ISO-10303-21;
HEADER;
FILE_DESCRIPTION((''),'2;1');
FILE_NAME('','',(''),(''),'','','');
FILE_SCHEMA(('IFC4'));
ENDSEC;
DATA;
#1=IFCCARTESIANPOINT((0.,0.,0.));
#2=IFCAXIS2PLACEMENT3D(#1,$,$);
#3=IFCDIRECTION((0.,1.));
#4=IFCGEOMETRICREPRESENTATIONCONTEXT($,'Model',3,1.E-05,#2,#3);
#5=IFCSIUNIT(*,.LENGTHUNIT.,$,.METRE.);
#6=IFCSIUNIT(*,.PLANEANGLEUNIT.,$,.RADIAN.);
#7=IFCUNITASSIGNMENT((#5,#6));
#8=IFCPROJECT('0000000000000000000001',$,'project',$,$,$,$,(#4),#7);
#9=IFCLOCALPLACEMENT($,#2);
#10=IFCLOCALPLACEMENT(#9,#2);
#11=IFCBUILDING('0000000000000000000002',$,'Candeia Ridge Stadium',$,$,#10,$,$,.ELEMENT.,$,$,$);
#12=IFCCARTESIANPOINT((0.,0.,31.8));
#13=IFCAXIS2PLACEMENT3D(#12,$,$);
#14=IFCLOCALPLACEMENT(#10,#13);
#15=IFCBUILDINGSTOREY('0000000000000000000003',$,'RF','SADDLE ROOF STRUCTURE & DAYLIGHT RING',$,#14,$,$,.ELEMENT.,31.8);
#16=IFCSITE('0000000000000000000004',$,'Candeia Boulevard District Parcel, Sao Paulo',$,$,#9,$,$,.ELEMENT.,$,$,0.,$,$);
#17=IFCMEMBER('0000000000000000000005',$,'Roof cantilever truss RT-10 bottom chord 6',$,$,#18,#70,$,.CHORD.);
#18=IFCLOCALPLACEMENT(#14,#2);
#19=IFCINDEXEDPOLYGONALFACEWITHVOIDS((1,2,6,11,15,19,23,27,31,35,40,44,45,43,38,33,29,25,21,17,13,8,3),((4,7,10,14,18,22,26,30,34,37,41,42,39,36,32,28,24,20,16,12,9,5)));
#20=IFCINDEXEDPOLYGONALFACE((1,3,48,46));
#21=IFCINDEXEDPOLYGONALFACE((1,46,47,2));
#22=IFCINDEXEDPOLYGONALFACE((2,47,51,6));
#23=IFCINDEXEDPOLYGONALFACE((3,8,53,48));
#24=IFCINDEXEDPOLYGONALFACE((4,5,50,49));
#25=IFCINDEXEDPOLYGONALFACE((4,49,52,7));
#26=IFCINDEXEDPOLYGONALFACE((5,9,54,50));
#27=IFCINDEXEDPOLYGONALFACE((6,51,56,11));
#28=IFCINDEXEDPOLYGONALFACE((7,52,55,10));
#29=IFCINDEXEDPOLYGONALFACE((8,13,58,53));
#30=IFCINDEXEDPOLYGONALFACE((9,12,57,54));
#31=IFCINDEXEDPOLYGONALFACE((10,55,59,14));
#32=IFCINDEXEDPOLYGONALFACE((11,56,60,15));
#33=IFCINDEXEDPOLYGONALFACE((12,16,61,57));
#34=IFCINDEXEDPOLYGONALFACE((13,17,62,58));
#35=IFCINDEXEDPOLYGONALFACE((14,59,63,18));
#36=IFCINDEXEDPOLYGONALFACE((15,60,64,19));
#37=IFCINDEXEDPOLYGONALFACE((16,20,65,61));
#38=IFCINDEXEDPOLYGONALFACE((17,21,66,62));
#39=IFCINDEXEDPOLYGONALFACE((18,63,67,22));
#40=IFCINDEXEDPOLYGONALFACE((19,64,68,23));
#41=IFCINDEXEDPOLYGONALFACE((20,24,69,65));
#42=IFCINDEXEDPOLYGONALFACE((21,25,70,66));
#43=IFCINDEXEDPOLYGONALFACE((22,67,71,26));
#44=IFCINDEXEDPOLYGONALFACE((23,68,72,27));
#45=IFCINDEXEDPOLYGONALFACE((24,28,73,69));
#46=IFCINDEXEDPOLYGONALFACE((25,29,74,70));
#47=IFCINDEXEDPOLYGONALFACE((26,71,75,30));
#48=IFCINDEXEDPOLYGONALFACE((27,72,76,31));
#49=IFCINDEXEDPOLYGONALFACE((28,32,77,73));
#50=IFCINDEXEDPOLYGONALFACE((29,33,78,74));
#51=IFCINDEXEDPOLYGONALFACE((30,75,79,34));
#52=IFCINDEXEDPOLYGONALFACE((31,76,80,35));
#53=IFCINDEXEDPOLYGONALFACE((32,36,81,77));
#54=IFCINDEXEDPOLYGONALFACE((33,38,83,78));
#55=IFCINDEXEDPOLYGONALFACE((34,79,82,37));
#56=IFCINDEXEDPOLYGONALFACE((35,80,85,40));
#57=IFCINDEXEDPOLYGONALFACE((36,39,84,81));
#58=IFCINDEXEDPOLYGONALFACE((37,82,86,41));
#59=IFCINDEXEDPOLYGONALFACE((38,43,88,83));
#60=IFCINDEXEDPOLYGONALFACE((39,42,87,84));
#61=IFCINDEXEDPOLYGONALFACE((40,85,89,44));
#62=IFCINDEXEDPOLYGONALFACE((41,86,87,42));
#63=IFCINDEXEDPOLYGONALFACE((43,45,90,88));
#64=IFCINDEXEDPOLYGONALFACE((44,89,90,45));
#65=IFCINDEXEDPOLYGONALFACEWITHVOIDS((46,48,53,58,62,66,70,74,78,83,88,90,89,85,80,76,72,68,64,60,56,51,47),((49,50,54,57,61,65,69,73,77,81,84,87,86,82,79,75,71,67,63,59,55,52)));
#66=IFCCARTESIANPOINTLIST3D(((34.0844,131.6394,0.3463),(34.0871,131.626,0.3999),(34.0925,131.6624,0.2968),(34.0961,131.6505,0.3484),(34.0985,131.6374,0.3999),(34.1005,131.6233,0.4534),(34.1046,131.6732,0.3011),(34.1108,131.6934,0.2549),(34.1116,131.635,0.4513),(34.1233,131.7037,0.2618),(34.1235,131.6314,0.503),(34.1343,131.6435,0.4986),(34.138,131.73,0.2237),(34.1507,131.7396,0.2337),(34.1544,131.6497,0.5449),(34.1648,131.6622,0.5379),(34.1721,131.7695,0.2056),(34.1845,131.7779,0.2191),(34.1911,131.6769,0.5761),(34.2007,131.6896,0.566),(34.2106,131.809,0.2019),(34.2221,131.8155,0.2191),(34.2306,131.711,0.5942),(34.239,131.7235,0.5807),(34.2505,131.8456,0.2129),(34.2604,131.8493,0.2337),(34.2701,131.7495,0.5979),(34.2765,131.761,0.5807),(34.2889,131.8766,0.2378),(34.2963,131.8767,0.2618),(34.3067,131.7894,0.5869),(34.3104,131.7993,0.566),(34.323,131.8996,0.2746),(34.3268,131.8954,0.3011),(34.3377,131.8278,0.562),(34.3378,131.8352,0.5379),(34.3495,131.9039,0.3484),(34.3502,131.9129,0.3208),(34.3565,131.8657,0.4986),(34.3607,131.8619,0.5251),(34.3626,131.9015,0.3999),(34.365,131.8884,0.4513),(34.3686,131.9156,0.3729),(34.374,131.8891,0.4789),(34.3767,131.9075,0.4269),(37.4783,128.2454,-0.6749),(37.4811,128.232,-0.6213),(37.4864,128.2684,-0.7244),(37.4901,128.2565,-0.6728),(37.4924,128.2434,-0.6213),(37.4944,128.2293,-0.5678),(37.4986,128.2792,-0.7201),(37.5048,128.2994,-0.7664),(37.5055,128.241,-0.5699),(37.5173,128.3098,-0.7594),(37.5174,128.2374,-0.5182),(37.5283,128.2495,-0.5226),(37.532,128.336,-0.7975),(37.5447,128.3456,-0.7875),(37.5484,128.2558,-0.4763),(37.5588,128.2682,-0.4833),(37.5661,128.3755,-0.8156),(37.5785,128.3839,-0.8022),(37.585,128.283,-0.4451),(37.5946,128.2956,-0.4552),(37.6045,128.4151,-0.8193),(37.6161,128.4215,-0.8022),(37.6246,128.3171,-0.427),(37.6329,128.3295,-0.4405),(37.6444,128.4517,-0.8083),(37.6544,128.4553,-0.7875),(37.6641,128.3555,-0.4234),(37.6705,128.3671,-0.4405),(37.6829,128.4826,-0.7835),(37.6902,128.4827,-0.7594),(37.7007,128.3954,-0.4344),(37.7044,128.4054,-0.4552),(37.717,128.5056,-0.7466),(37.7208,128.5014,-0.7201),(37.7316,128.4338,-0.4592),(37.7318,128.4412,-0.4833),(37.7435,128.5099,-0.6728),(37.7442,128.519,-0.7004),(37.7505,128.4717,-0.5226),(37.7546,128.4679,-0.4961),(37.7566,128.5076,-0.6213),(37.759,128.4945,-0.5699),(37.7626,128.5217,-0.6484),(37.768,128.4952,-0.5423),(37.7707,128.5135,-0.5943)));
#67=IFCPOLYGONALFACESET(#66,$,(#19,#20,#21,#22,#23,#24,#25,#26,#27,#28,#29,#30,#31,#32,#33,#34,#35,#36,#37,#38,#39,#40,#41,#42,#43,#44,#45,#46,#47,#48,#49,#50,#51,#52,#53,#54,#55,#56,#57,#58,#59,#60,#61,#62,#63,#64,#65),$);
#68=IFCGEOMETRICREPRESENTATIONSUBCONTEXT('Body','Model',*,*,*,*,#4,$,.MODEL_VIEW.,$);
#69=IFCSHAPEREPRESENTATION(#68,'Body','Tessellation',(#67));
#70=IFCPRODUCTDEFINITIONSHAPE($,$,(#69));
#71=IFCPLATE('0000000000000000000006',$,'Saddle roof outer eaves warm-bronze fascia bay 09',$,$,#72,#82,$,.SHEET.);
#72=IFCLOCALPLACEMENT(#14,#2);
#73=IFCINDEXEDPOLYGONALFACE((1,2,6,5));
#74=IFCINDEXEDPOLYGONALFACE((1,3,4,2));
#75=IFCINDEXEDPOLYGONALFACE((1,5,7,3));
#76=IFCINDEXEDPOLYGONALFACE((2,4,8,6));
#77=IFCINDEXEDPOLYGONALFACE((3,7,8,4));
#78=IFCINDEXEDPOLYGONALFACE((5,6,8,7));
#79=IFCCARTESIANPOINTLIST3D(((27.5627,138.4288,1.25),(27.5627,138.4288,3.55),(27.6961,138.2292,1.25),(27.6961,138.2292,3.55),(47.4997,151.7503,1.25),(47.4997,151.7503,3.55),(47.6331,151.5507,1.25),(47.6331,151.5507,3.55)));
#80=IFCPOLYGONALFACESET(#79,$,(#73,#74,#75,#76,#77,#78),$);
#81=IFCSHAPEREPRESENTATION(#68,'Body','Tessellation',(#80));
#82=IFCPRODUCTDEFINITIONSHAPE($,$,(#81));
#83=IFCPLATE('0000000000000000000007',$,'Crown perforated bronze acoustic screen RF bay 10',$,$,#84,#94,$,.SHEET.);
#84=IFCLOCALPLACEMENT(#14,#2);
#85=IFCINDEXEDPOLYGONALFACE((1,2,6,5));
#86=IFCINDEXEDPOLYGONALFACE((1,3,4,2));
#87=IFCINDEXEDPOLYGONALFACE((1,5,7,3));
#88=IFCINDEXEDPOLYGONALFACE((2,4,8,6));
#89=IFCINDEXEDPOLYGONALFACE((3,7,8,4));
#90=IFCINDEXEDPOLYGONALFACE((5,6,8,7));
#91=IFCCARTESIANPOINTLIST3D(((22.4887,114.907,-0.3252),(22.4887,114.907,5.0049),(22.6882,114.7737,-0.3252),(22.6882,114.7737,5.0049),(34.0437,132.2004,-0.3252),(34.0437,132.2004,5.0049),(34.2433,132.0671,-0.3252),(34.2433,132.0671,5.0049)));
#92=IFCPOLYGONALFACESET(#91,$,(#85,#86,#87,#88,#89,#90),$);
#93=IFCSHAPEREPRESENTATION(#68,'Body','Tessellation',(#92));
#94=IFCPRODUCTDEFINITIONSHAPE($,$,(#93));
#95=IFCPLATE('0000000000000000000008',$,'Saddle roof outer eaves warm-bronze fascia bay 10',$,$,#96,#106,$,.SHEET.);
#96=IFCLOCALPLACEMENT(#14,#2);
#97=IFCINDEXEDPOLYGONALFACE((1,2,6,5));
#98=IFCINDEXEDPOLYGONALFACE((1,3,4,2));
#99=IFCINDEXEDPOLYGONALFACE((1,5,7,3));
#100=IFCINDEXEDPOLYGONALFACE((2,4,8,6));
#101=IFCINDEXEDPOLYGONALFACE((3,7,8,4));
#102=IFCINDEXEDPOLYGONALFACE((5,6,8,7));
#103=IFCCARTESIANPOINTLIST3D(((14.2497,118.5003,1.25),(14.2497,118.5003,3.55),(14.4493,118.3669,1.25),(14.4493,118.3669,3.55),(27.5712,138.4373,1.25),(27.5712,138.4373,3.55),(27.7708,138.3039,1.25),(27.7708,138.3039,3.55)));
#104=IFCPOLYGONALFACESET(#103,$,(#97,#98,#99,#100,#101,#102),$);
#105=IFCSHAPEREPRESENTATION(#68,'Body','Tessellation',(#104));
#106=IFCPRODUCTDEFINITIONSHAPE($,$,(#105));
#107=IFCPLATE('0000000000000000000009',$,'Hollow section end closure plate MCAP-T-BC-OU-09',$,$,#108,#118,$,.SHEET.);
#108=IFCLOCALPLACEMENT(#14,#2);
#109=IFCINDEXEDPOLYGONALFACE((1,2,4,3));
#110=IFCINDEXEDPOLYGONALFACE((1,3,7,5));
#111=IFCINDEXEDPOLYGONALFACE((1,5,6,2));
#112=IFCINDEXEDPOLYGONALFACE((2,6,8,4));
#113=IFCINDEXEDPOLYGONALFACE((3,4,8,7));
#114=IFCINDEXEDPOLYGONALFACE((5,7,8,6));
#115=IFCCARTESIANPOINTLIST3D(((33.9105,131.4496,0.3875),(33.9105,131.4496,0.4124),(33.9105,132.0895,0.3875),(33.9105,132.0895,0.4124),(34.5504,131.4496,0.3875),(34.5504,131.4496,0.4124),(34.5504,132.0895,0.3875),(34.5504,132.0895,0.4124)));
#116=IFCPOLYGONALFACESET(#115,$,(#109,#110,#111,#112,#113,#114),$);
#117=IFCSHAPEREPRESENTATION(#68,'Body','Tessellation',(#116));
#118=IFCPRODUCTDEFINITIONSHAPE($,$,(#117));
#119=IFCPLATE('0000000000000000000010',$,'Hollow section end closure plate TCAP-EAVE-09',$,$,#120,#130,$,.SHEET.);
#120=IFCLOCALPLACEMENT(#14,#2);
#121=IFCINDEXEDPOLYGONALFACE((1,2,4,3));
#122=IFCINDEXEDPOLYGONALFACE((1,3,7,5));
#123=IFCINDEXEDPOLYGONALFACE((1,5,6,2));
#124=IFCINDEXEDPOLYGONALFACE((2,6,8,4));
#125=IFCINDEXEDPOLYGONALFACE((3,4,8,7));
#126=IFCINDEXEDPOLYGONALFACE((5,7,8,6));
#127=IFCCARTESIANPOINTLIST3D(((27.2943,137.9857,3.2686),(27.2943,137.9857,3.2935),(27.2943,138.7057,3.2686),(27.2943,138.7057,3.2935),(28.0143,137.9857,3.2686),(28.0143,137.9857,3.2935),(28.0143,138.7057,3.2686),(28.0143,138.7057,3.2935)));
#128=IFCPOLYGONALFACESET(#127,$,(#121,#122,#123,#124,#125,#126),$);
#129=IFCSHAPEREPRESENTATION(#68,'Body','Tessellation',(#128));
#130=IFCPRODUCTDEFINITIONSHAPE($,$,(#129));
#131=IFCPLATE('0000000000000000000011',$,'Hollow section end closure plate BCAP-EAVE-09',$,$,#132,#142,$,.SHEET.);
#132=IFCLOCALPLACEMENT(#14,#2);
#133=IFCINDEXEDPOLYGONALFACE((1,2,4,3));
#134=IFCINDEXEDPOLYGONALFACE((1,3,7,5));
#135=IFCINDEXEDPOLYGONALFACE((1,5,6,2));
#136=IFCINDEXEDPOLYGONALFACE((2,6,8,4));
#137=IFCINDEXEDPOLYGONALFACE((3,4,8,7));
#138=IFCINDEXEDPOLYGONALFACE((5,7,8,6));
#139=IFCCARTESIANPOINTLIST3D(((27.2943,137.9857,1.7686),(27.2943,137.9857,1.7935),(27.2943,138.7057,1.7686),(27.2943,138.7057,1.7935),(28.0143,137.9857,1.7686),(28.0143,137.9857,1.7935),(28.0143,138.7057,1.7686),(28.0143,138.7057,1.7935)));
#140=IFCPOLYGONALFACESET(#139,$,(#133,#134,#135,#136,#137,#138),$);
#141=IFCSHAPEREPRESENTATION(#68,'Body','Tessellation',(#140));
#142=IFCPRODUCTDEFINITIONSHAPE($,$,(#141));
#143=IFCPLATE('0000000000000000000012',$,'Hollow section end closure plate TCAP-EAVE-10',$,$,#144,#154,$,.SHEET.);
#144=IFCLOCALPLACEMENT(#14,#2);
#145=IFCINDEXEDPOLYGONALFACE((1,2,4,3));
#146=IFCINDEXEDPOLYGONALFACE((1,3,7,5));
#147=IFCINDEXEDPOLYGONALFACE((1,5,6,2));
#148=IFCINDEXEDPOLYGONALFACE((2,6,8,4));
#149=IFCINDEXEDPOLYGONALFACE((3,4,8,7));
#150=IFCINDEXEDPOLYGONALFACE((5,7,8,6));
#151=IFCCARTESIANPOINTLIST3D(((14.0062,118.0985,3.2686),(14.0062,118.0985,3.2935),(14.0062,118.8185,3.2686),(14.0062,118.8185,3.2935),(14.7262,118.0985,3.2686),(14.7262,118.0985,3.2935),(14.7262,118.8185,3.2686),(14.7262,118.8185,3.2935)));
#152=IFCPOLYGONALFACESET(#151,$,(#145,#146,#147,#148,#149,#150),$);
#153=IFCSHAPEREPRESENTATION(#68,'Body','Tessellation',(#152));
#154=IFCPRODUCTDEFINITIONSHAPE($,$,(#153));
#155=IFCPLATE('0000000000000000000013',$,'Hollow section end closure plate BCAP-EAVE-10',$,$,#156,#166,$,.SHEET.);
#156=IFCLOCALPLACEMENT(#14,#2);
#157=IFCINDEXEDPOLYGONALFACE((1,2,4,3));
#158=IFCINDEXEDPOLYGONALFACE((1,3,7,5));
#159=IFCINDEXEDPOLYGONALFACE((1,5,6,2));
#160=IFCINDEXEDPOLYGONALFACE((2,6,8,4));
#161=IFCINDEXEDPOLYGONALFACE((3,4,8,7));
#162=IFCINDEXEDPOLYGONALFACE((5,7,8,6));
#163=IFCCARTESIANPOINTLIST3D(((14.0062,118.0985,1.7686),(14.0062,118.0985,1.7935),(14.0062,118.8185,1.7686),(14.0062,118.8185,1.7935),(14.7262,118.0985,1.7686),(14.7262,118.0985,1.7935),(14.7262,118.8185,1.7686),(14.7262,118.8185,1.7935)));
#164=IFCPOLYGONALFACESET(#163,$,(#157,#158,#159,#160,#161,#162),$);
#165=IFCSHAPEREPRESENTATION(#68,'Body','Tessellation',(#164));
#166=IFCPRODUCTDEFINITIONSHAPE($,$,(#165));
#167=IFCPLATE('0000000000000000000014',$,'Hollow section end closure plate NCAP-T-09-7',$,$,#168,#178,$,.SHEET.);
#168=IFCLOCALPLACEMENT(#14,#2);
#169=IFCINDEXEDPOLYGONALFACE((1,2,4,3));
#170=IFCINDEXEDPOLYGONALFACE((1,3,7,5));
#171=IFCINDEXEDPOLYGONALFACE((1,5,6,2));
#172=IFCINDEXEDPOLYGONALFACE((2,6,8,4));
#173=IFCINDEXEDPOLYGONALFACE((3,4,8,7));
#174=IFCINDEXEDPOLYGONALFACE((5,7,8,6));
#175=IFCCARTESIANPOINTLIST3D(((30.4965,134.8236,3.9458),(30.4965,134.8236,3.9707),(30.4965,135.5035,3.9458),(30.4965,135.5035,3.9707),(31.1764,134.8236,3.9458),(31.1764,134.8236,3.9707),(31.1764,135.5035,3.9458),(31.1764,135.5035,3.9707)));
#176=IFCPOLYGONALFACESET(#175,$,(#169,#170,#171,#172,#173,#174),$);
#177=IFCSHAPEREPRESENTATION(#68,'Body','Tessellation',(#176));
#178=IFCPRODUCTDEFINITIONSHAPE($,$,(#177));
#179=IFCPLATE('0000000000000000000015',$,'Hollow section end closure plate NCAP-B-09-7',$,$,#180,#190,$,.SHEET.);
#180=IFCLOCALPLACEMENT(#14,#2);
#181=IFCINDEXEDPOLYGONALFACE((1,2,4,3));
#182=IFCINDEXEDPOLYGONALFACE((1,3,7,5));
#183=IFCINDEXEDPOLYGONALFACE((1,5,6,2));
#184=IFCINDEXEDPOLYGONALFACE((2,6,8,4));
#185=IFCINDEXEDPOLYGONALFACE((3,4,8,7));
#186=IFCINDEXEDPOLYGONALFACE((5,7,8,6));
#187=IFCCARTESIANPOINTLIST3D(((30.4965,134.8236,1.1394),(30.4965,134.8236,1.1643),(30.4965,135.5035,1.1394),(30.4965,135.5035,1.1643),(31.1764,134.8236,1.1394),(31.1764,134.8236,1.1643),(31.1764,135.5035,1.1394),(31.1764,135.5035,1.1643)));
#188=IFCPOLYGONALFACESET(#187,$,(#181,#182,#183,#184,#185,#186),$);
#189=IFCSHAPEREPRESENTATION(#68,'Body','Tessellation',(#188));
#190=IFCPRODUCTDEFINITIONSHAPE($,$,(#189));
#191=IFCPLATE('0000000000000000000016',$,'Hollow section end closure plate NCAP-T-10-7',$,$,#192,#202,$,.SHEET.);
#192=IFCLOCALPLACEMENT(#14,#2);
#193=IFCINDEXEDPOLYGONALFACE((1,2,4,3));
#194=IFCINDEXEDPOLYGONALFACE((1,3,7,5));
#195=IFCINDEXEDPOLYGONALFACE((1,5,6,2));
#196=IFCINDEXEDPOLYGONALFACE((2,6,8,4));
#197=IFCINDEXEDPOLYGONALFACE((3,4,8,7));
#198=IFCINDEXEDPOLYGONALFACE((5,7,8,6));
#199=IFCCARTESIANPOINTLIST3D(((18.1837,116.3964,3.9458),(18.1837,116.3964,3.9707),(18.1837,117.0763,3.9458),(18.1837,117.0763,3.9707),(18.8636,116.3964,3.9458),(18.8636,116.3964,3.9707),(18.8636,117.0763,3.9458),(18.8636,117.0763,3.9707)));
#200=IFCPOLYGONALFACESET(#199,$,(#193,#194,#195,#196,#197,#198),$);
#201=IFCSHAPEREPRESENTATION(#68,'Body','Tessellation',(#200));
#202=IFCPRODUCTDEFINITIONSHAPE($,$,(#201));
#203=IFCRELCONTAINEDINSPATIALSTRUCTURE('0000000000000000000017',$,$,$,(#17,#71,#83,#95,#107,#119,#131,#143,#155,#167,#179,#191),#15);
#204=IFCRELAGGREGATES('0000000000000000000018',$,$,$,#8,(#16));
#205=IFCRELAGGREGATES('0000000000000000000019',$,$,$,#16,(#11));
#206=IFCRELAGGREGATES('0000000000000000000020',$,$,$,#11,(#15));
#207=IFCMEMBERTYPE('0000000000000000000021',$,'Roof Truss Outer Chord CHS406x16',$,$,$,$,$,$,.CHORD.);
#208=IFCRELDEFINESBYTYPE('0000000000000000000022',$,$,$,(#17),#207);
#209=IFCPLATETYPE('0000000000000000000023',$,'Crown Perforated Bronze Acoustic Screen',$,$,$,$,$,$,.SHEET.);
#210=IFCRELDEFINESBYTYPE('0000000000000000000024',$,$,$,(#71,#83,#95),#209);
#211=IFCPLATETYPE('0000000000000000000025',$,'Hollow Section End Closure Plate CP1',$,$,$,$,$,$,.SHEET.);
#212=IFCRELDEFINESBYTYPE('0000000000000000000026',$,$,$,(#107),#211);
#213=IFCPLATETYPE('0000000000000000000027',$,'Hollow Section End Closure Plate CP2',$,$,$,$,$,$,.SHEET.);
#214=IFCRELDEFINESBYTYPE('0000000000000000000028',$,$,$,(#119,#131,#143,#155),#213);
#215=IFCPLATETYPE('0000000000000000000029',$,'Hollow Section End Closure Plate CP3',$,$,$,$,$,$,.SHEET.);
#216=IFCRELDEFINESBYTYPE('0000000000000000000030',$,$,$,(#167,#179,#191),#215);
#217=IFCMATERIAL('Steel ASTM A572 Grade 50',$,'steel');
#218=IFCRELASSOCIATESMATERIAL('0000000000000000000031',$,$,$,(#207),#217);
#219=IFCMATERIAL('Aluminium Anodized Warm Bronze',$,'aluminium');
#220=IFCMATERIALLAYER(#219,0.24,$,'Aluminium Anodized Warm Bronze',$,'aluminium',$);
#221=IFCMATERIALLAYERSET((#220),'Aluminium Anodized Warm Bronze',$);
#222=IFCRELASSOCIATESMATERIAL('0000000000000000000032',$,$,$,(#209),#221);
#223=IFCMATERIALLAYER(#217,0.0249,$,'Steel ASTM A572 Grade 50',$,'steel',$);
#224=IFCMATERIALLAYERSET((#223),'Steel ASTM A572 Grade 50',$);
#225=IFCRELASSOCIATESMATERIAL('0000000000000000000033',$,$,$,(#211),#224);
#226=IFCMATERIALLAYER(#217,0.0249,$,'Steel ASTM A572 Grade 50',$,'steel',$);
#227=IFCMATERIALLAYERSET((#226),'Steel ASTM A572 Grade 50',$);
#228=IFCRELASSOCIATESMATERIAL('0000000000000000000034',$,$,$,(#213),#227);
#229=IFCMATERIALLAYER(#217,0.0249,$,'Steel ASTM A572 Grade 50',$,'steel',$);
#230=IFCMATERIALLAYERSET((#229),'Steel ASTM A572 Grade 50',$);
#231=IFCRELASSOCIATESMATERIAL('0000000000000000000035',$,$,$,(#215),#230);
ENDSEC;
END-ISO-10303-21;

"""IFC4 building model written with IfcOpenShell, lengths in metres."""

from ifc_helpers import new_model, si_unit, direction, frame, origin, origin_2d, place, context, subcontext, project, spatial, rectangle, hollow_circle, extrude, material, layer, layer_set, material_profile, profile_set, type_object, element, save


model = new_model("IFC4")

# Units and contexts
model_context = context("Model", 3, precision=1e-05, world=origin(), true_north=direction((0.0, 1.0)))
body_context = subcontext(model_context, "Body", "Model", "MODEL_VIEW")
ifc_project = project(units=[si_unit("LENGTHUNIT", "METRE"), si_unit("PLANEANGLEUNIT", "RADIAN")], contexts=[model_context])

# Site, building, storey
site_placement = place(None, origin())
site = spatial("IfcSite", under=ifc_project, at=site_placement, Name="Candeia Boulevard District Parcel, Sao Paulo", CompositionType="ELEMENT", RefElevation=0.0)
building_placement = place(site_placement, origin())
building = spatial("IfcBuilding", under=site, at=building_placement, Name="Candeia Ridge Stadium", CompositionType="ELEMENT")
storey_placement = place(building_placement, frame((0.0, 0.0, 31.8)))
storey = spatial("IfcBuildingStorey", under=building, at=storey_placement, Name="RF", Description="SADDLE ROOF STRUCTURE & DAYLIGHT RING", CompositionType="ELEMENT", Elevation=31.8)

# Shared definitions
ifc_material_1 = material(Name="Steel ASTM A572 Grade 50", Category="steel")

# Member
ifc_material_profile_1 = material_profile(ifc_material_1, hollow_circle(Radius=0.2029, WallThickness=0.0161, at=origin_2d()), Name="CHS406x16", Category="steel")
ifc_profile_set_1 = profile_set([ifc_material_profile_1], Name="Steel ASTM A572 Grade 50")
member_type_1 = type_object("IfcMemberType", Name="Roof Truss Outer Chord CHS406x16", PredefinedType="CHORD", material=ifc_profile_set_1)
member_1_placement = place(storey_placement, frame((37.6245, 128.3755, -0.6213), z_axis=(-0.691626, 0.691626, 0.208105), x_axis=(-0.707107, -0.707107, 0.0)))
element("IfcMember", 1, at=member_1_placement, inside=storey, type_object=member_type_1, Name="Roof cantilever truss RT-10 bottom chord 6", PredefinedType="CHORD", context=body_context, shape_type="SweptSolid", body=[
    extrude(hollow_circle(Radius=0.2029, WallThickness=0.0161, at=origin_2d()), origin(), (0.0, 0.0, 1.0), 4.9072),
])

# Plates
ifc_material_2 = material(Name="Aluminium Anodized Warm Bronze", Category="aluminium")
ifc_layer_1 = layer(ifc_material_2, 0.24, Name="Aluminium Anodized Warm Bronze", Category="aluminium")
ifc_layer_set_1 = layer_set([ifc_layer_1], Name="Aluminium Anodized Warm Bronze")
plate_type_1 = type_object("IfcPlateType", Name="Crown Perforated Bronze Acoustic Screen", PredefinedType="SHEET", material=ifc_layer_set_1)
plate_1_placement = place(storey_placement, frame((37.5979, 144.9897, 1.25), z_axis=(0.0, 0.0, 1.0), x_axis=(-0.83147, -0.55557, 0.0)))
element("IfcPlate", 2, at=plate_1_placement, inside=storey, type_object=plate_type_1, Name="Saddle roof outer eaves warm-bronze fascia bay 09", PredefinedType="SHEET", context=body_context, shape_type="SweptSolid", body=[
    extrude(rectangle(XDim=23.978, YDim=0.24, at=origin_2d()), origin(), (0.0, 0.0, 1.0), 2.3),
])
plate_2_placement = place(storey_placement, frame((28.366, 123.4871, -0.3252), z_axis=(0.0, 0.0, 1.0), x_axis=(-0.55557, -0.83147, 0.0)))
element("IfcPlate", 3, at=plate_2_placement, inside=storey, type_object=plate_type_1, Name="Crown perforated bronze acoustic screen RF bay 10", PredefinedType="SHEET", context=body_context, shape_type="SweptSolid", body=[
    extrude(rectangle(XDim=20.7986, YDim=0.24, at=origin_2d()), origin(), (0.0, 0.0, 1.0), 5.3301),
])
plate_3_placement = place(storey_placement, frame((21.0103, 128.4021, 1.25), z_axis=(0.0, 0.0, 1.0), x_axis=(-0.55557, -0.83147, 0.0)))
element("IfcPlate", 4, at=plate_3_placement, inside=storey, type_object=plate_type_1, Name="Saddle roof outer eaves warm-bronze fascia bay 10", PredefinedType="SHEET", context=body_context, shape_type="SweptSolid", body=[
    extrude(rectangle(XDim=23.978, YDim=0.24, at=origin_2d()), origin(), (0.0, 0.0, 1.0), 2.3),
])
ifc_layer_2 = layer(ifc_material_1, 0.0249, Name="Steel ASTM A572 Grade 50", Category="steel")
ifc_layer_set_2 = layer_set([ifc_layer_2], Name="Steel ASTM A572 Grade 50")
plate_type_2 = type_object("IfcPlateType", Name="Hollow Section End Closure Plate CP1", PredefinedType="SHEET", material=ifc_layer_set_2)
plate_4_placement = place(storey_placement, frame((34.2305, 131.7695, 0.3875), z_axis=(0.0, 0.0, 1.0), x_axis=(1.0, 0.0, 0.0)))
element("IfcPlate", 5, at=plate_4_placement, inside=storey, type_object=plate_type_2, Name="Hollow section end closure plate MCAP-T-BC-OU-09", PredefinedType="SHEET", context=body_context, shape_type="SweptSolid", body=[
    extrude(rectangle(XDim=0.6399, YDim=0.6399, at=origin_2d()), origin(), (0.0, 0.0, 1.0), 0.0249),
])
ifc_layer_3 = layer(ifc_material_1, 0.0249, Name="Steel ASTM A572 Grade 50", Category="steel")
ifc_layer_set_3 = layer_set([ifc_layer_3], Name="Steel ASTM A572 Grade 50")
plate_type_3 = type_object("IfcPlateType", Name="Hollow Section End Closure Plate CP2", PredefinedType="SHEET", material=ifc_layer_set_3)
for number, where, z_axis, x_axis, name in (
    (6, (27.6543, 138.3457, 3.2686), (0.0, 0.0, 1.0), (1.0, 0.0, 0.0), "Hollow section end closure plate TCAP-EAVE-09"),
    (7, (27.6543, 138.3457, 1.7686), (0.0, 0.0, 1.0), (1.0, 0.0, 0.0), "Hollow section end closure plate BCAP-EAVE-09"),
    (8, (14.3662, 118.4585, 3.2686), (0.0, 0.0, 1.0), (1.0, 0.0, 0.0), "Hollow section end closure plate TCAP-EAVE-10"),
    (9, (14.3662, 118.4585, 1.7686), (0.0, 0.0, 1.0), (1.0, 0.0, 0.0), "Hollow section end closure plate BCAP-EAVE-10"),
):
    element("IfcPlate", number, at=place(storey_placement, frame(where, z_axis=z_axis, x_axis=x_axis)), inside=storey, type_object=plate_type_3, Name=name, PredefinedType="SHEET", context=body_context, shape_type="SweptSolid", body=[
        extrude(rectangle(XDim=0.72, YDim=0.72, at=origin_2d()), origin(), (0.0, 0.0, 1.0), 0.0249),
    ])
ifc_layer_4 = layer(ifc_material_1, 0.0249, Name="Steel ASTM A572 Grade 50", Category="steel")
ifc_layer_set_4 = layer_set([ifc_layer_4], Name="Steel ASTM A572 Grade 50")
plate_type_4 = type_object("IfcPlateType", Name="Hollow Section End Closure Plate CP3", PredefinedType="SHEET", material=ifc_layer_set_4)
for number, where, z_axis, x_axis, name in (
    (10, (30.8364, 135.1636, 3.9458), (0.0, 0.0, 1.0), (1.0, 0.0, 0.0), "Hollow section end closure plate NCAP-T-09-7"),
    (11, (30.8364, 135.1636, 1.1394), (0.0, 0.0, 1.0), (1.0, 0.0, 0.0), "Hollow section end closure plate NCAP-B-09-7"),
    (12, (18.5237, 116.7363, 3.9458), (0.0, 0.0, 1.0), (1.0, 0.0, 0.0), "Hollow section end closure plate NCAP-T-10-7"),
):
    element("IfcPlate", number, at=place(storey_placement, frame(where, z_axis=z_axis, x_axis=x_axis)), inside=storey, type_object=plate_type_4, Name=name, PredefinedType="SHEET", context=body_context, shape_type="SweptSolid", body=[
        extrude(rectangle(XDim=0.6799, YDim=0.6799, at=origin_2d()), origin(), (0.0, 0.0, 1.0), 0.0249),
    ])

save(model, "model.ifc")
